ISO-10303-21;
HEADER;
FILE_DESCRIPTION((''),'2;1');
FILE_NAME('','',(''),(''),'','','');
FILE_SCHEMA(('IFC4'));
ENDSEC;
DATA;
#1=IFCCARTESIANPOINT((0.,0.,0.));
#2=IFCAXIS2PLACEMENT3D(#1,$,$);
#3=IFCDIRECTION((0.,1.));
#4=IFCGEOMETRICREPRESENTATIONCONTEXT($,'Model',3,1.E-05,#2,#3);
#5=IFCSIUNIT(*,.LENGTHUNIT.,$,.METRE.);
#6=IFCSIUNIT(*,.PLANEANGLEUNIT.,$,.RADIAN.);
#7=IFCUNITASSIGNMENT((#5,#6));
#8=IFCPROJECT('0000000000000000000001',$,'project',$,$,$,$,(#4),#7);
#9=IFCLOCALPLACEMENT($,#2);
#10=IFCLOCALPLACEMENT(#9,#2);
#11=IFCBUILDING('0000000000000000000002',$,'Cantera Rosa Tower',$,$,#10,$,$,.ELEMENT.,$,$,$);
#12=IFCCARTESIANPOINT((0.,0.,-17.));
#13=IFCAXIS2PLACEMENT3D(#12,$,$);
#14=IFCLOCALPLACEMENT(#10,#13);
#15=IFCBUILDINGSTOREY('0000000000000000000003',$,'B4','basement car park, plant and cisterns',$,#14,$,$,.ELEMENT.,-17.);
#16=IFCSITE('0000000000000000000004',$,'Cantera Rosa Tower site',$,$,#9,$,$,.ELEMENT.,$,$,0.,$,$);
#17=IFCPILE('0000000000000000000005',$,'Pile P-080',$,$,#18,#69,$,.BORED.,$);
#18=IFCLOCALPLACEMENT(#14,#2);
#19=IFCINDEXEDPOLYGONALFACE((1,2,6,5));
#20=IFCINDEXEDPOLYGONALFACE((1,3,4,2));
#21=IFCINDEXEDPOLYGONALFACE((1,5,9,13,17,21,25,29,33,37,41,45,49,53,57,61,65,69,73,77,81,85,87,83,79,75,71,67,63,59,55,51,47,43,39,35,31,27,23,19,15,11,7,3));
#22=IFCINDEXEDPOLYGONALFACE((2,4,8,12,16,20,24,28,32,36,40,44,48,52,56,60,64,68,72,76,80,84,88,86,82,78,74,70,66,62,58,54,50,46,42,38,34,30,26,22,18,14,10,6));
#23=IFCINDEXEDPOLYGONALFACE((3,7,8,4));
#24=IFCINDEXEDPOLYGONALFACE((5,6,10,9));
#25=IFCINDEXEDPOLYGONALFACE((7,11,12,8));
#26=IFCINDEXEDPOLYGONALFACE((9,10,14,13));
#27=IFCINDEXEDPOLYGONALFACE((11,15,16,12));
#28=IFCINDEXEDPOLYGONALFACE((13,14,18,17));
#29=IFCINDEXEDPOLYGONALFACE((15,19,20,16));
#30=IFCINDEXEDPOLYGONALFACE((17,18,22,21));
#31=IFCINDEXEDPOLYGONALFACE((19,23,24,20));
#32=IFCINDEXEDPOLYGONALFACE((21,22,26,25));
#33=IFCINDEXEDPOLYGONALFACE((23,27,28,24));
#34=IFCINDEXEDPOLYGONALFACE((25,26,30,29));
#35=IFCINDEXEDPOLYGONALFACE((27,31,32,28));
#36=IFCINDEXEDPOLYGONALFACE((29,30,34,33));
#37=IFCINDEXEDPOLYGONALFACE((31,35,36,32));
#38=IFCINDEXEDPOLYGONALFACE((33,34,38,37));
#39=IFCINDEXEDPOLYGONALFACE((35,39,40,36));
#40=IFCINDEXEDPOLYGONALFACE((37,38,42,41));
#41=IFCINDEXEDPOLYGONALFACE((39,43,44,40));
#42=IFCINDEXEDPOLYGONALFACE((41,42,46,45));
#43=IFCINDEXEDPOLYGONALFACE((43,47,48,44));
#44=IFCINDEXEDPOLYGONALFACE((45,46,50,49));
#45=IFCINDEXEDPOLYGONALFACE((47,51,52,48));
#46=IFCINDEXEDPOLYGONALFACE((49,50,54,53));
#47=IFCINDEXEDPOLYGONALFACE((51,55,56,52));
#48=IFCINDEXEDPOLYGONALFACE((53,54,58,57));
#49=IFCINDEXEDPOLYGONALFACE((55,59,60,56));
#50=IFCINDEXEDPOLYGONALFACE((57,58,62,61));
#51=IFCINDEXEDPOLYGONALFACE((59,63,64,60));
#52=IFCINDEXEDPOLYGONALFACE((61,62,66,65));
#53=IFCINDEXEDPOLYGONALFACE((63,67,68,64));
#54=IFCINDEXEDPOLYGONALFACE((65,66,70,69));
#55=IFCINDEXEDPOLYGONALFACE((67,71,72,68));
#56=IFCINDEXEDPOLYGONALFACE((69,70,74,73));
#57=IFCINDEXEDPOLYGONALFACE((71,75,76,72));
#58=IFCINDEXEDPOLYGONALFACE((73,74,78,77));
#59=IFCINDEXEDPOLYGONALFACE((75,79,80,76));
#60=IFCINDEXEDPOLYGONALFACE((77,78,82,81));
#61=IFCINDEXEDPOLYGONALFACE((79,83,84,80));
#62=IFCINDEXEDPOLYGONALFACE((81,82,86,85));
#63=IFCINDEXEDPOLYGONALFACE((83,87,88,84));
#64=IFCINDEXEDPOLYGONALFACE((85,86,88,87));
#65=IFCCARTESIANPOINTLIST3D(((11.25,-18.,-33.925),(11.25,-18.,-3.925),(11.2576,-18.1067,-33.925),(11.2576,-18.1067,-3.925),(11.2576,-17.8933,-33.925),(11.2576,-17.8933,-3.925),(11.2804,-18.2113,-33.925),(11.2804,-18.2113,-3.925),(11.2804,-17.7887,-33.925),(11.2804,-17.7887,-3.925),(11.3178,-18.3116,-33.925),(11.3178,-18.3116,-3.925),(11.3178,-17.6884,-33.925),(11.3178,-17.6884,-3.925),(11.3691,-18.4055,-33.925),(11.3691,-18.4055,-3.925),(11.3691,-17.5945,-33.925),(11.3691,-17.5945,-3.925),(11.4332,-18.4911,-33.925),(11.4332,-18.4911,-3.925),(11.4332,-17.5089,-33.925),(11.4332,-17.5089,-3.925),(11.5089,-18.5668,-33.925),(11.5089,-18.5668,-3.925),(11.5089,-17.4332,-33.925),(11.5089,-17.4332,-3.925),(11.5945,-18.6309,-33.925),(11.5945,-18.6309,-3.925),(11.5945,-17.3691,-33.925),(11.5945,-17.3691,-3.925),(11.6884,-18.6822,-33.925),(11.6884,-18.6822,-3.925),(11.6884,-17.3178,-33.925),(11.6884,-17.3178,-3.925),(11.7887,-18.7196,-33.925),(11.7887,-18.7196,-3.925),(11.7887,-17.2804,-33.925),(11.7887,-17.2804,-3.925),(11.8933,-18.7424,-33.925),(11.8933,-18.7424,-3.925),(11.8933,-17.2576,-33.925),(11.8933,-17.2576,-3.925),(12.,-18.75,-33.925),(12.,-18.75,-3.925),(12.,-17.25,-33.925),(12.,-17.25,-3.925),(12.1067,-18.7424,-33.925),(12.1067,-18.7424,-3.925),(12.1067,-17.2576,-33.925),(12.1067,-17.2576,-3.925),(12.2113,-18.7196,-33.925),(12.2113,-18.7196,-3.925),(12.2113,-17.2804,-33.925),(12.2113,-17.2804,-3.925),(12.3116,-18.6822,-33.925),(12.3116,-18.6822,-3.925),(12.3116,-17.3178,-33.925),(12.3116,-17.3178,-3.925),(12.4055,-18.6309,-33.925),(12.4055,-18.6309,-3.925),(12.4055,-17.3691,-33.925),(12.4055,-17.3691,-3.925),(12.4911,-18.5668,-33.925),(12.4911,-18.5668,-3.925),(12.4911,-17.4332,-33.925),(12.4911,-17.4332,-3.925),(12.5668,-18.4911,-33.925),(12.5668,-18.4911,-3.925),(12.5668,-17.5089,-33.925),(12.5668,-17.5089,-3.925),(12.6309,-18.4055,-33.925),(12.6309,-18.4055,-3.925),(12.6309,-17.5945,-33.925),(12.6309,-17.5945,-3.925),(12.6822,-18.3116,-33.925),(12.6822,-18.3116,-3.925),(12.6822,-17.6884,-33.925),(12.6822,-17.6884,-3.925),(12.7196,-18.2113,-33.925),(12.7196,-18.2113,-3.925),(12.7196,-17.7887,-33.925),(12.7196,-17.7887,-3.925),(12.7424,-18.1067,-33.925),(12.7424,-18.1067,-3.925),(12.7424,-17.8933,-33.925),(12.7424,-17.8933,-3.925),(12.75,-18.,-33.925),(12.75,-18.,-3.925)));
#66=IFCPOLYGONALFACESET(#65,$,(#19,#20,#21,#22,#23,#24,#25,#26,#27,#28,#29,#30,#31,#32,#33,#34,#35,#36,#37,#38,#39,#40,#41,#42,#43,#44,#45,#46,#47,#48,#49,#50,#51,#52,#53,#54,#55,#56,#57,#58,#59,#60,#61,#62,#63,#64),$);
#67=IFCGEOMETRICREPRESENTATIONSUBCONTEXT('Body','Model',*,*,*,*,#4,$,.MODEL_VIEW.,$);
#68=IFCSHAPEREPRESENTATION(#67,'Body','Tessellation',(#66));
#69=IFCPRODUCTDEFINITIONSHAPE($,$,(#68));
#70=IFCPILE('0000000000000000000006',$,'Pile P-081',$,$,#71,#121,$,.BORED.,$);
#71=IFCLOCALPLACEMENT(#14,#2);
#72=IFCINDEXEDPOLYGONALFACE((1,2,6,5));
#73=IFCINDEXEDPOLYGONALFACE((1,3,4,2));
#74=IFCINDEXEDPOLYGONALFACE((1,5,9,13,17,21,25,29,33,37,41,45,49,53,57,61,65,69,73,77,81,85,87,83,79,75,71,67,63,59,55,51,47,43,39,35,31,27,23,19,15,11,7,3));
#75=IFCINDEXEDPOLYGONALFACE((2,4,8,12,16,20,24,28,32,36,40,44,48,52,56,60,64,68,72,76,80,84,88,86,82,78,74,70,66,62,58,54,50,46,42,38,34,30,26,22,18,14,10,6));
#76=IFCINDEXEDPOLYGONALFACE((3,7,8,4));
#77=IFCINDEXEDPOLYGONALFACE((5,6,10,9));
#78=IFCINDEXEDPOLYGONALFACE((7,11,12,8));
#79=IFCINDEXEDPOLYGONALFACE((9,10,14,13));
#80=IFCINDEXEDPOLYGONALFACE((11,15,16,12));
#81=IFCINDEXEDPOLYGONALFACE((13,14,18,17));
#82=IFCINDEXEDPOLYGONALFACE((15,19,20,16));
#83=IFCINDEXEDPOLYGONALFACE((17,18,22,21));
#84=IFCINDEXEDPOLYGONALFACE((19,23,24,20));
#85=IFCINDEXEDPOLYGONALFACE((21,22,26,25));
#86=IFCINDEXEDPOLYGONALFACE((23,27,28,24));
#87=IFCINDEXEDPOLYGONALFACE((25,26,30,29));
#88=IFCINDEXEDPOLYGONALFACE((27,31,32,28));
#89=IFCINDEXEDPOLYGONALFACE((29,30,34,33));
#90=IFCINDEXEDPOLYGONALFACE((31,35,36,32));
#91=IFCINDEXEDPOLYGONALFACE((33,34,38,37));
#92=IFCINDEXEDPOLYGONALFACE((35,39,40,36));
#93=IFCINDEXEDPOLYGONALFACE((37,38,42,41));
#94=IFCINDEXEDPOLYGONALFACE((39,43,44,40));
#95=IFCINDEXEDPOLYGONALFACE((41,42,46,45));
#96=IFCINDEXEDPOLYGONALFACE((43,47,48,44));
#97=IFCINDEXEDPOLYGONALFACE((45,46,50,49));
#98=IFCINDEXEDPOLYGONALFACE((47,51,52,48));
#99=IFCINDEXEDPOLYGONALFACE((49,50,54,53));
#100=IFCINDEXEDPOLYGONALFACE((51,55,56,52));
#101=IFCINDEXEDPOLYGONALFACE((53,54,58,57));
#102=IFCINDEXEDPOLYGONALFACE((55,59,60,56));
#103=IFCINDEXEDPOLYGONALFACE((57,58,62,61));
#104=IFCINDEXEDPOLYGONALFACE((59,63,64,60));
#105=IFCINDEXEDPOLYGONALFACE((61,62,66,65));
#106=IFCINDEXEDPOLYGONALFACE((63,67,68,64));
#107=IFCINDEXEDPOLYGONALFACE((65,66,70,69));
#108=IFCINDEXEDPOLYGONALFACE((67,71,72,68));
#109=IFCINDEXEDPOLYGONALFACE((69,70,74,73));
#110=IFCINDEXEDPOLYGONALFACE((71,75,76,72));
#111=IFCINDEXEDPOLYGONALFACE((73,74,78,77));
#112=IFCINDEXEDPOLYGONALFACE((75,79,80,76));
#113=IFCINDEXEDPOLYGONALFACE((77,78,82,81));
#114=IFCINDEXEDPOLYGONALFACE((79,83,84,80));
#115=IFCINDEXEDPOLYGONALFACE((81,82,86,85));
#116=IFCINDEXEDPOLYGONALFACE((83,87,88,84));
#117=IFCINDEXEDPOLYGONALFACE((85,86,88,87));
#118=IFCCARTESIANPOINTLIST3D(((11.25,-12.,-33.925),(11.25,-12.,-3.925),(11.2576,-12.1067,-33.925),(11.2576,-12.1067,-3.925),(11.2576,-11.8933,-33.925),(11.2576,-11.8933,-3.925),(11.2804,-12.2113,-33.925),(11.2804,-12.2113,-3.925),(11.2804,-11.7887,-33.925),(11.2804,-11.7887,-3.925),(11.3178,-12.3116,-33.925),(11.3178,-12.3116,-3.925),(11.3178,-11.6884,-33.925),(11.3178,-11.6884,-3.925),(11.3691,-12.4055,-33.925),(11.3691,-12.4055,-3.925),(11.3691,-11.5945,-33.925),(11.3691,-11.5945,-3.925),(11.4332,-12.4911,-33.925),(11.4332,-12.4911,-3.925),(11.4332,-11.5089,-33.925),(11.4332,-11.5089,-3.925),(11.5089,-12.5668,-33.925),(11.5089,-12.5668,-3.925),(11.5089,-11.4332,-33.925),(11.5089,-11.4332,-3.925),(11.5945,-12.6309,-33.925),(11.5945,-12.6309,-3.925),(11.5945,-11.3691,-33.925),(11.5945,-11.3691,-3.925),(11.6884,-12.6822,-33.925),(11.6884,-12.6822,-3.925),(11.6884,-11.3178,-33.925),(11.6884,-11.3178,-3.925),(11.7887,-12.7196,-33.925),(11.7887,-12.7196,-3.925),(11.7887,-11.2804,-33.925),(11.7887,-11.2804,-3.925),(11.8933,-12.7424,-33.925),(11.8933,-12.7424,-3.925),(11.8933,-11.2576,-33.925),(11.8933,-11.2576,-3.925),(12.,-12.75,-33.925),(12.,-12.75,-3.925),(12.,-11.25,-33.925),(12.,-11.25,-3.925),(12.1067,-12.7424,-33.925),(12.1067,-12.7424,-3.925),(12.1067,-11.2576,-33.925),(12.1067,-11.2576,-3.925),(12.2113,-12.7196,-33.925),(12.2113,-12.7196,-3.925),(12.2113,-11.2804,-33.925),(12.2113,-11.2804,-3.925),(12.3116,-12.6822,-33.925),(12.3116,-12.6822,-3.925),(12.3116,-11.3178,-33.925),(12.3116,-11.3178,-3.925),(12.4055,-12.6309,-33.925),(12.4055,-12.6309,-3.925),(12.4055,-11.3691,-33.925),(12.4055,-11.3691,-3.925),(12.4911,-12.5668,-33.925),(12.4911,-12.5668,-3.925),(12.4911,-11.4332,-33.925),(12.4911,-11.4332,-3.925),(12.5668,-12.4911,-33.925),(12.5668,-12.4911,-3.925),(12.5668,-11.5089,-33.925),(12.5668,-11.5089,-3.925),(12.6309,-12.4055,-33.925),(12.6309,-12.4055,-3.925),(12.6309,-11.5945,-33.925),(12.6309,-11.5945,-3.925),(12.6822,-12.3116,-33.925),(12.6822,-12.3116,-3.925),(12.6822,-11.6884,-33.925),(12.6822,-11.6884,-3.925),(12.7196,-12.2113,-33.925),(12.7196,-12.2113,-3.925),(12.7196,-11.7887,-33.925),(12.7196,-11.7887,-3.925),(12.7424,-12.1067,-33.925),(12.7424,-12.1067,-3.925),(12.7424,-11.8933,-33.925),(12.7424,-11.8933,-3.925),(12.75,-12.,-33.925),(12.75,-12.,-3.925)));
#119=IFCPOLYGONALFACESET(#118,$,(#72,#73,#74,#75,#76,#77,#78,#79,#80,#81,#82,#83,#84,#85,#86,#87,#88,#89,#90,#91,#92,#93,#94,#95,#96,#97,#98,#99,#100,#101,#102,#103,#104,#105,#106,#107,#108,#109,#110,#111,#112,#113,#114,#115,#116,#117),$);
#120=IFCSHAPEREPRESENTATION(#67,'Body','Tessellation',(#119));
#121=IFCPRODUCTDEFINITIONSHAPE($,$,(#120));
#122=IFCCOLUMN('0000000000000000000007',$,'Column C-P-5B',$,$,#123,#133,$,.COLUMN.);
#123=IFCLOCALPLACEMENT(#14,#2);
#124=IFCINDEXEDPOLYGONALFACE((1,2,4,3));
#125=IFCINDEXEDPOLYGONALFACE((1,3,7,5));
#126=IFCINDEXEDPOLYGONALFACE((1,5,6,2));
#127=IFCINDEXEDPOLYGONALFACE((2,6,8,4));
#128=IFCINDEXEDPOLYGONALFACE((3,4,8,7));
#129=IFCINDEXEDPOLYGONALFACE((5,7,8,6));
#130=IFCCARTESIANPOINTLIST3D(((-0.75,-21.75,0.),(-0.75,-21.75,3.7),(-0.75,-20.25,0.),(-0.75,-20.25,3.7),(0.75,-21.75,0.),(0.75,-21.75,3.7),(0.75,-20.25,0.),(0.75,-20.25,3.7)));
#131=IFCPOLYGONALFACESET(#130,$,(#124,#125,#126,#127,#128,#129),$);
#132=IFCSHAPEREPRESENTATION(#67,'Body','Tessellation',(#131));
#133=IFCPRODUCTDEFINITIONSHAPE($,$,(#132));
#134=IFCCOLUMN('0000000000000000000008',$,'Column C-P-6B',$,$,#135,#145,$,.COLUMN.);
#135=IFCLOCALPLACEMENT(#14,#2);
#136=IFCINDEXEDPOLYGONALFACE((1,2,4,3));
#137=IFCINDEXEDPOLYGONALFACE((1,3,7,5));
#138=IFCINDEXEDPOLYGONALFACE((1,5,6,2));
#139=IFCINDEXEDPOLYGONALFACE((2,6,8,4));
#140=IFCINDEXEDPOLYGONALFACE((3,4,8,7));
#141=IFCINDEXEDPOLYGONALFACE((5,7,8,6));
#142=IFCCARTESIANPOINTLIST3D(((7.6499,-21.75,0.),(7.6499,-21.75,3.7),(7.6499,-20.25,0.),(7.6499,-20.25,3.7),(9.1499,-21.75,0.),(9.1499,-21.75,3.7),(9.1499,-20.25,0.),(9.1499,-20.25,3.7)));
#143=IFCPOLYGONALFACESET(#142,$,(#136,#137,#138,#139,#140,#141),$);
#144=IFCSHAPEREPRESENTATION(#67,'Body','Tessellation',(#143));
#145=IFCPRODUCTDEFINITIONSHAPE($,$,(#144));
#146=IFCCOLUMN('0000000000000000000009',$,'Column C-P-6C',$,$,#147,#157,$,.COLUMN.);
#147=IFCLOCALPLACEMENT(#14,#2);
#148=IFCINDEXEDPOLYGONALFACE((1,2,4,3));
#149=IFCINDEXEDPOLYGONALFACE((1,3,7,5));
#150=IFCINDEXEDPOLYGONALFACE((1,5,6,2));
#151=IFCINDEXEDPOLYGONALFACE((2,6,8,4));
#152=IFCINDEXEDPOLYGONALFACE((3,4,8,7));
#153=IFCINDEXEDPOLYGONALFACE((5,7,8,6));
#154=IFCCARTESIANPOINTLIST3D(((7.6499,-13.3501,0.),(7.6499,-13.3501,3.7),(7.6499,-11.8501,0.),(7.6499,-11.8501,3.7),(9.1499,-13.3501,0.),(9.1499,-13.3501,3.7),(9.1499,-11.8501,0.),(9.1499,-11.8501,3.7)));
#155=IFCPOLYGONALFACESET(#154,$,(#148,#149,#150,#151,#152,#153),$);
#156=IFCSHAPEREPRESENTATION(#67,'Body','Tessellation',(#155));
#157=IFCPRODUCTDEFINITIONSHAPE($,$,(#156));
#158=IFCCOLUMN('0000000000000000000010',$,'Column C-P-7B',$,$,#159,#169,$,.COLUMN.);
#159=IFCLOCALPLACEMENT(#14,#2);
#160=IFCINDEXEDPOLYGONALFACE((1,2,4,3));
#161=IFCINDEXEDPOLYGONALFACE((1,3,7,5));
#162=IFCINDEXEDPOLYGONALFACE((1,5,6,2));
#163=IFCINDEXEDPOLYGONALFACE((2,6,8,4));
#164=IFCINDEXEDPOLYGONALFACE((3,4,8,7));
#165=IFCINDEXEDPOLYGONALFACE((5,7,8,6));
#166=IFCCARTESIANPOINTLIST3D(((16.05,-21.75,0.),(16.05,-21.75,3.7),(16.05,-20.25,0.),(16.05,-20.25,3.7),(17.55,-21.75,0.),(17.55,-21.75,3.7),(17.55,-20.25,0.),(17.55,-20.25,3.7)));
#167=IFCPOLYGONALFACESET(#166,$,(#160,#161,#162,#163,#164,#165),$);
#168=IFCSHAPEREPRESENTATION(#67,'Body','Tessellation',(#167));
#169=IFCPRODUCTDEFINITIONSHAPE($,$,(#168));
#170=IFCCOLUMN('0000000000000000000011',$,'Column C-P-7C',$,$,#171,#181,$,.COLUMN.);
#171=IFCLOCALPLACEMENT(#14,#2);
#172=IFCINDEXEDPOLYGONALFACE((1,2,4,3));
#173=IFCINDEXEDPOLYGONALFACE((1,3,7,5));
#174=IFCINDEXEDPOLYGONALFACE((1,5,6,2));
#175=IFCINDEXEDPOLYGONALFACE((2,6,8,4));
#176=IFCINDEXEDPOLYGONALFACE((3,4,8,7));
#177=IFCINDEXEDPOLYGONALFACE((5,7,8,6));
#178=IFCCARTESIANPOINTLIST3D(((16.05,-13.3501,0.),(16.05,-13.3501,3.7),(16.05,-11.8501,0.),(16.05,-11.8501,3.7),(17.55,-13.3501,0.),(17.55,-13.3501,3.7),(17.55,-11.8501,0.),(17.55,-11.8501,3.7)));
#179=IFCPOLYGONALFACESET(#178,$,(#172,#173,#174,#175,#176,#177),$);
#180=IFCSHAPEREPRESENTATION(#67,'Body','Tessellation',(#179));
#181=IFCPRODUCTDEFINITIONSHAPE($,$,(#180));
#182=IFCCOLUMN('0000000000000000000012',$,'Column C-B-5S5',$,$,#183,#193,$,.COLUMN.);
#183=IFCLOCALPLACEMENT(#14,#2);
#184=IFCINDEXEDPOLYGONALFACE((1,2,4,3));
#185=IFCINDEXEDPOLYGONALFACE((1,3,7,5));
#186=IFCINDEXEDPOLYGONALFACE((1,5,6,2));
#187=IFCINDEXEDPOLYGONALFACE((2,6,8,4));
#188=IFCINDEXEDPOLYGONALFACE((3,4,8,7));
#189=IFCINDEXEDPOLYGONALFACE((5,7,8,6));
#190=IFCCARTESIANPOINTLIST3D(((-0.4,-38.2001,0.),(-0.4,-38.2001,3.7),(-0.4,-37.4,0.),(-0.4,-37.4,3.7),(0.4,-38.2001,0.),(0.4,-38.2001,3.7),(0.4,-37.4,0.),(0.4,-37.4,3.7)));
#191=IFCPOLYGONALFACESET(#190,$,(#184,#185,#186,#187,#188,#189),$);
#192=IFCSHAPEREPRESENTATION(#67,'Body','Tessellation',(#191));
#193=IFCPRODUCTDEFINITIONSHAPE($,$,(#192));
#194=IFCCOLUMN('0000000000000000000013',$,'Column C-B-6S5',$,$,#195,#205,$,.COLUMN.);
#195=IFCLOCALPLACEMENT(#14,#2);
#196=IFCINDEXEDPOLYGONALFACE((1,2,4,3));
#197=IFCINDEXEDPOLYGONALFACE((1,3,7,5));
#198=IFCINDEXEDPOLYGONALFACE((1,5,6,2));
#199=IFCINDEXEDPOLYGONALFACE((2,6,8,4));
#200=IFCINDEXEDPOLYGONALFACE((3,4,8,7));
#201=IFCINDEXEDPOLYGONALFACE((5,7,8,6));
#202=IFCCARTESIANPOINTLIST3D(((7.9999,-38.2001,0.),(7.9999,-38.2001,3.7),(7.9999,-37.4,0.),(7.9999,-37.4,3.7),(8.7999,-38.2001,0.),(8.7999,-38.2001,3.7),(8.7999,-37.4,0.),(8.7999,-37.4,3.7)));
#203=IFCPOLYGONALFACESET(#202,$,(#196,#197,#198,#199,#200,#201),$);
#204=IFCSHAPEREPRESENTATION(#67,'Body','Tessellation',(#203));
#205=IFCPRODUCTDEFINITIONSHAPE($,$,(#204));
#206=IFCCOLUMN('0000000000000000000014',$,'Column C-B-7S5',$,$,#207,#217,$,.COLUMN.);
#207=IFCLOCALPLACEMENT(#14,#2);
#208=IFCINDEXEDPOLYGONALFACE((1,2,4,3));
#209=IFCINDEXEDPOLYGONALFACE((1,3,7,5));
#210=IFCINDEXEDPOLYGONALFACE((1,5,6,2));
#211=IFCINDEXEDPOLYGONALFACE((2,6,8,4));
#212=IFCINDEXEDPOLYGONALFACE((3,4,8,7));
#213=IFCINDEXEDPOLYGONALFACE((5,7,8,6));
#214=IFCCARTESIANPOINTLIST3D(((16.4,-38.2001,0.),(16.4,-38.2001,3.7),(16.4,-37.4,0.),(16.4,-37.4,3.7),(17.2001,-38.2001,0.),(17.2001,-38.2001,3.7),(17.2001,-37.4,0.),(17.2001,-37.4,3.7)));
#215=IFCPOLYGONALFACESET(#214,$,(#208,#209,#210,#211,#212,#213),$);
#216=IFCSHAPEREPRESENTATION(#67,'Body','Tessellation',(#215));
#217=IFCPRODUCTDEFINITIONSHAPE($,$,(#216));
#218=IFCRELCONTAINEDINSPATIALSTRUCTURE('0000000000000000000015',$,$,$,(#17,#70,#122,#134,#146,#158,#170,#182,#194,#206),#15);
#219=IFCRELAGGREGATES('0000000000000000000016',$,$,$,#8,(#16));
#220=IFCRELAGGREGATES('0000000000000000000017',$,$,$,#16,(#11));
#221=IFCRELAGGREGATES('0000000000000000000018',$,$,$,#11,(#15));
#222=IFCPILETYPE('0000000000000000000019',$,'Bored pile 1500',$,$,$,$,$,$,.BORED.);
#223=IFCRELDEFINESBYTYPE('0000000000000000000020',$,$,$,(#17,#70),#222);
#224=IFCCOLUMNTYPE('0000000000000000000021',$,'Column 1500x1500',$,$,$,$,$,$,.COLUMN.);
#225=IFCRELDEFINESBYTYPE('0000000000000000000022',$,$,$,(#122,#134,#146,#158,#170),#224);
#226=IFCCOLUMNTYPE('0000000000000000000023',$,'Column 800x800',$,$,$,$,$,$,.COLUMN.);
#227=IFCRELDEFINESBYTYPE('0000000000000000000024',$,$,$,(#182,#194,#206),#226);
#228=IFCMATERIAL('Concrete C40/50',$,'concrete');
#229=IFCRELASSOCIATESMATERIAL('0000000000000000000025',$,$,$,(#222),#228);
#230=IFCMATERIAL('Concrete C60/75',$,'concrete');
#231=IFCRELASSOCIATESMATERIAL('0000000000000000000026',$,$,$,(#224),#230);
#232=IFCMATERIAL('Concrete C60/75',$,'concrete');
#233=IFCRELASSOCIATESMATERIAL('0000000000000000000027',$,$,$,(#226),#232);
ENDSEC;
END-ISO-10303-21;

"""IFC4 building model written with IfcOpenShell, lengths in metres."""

from ifc_helpers import new_model, si_unit, direction, frame, origin, origin_2d, place, context, subcontext, project, spatial, rectangle, circle, extrude, material, material_profile, profile_set, type_object, element, save


model = new_model("IFC4")

# Units and contexts
model_context = context("Model", 3, precision=1e-05, world=origin(), true_north=direction((0.0, 1.0)))
body_context = subcontext(model_context, "Body", "Model", "MODEL_VIEW")
ifc_project = project(units=[si_unit("LENGTHUNIT", "METRE"), si_unit("PLANEANGLEUNIT", "RADIAN")], contexts=[model_context])

# Site, building, storey
site_placement = place(None, origin())
site = spatial("IfcSite", under=ifc_project, at=site_placement, Name="Cantera Rosa Tower site", CompositionType="ELEMENT", RefElevation=0.0)
building_placement = place(site_placement, origin())
building = spatial("IfcBuilding", under=site, at=building_placement, Name="Cantera Rosa Tower", CompositionType="ELEMENT")
storey_placement = place(building_placement, frame((0.0, 0.0, -17.0)))
storey = spatial("IfcBuildingStorey", under=building, at=storey_placement, Name="B4", Description="basement car park, plant and cisterns", CompositionType="ELEMENT", Elevation=-17.0)

# Piles
ifc_material_1 = material(Name="Concrete C40/50", Category="concrete")
ifc_material_profile_1 = material_profile(ifc_material_1, circle(Radius=0.75, at=origin_2d()), Name="Bored pile 1500")
ifc_profile_set_1 = profile_set([ifc_material_profile_1], Name="Concrete C40/50")
pile_type = type_object("IfcPileType", Name="Bored pile 1500", PredefinedType="BORED", material=ifc_profile_set_1)
for number, where, z_axis, x_axis, name in (
    (1, (12.0, -18.0, -3.925), (0.0, 0.0, -1.0), (1.0, 0.0, 0.0), "Pile P-080"),
    (2, (12.0, -12.0, -3.925), (0.0, 0.0, -1.0), (1.0, 0.0, 0.0), "Pile P-081"),
):
    element("IfcPile", number, at=place(storey_placement, frame(where, z_axis=z_axis, x_axis=x_axis)), inside=storey, type_object=pile_type, Name=name, PredefinedType="BORED", context=body_context, shape_type="SweptSolid", body=[
        extrude(circle(Radius=0.75, at=origin_2d()), origin(), (0.0, 0.0, 1.0), 30.0),
    ])

# Columns
ifc_material_2 = material(Name="Concrete C60/75", Category="concrete")
ifc_material_profile_2 = material_profile(ifc_material_2, rectangle(XDim=1.5, YDim=1.5, at=origin_2d()), Name="Column 1500x1500")
ifc_profile_set_2 = profile_set([ifc_material_profile_2], Name="Concrete C60/75")
column_type_1 = type_object("IfcColumnType", Name="Column 1500x1500", PredefinedType="COLUMN", material=ifc_profile_set_2)
for number, where, z_axis, x_axis, name in (
    (3, (0.0, -21.0, 0.0), (0.0, 0.0, 1.0), (1.0, 0.0, 0.0), "Column C-P-5B"),
    (4, (8.3999, -21.0, 0.0), (0.0, 0.0, 1.0), (1.0, 0.0, 0.0), "Column C-P-6B"),
    (5, (8.3999, -12.6001, 0.0), (0.0, 0.0, 1.0), (1.0, 0.0, 0.0), "Column C-P-6C"),
    (6, (16.8, -21.0, 0.0), (0.0, 0.0, 1.0), (1.0, 0.0, 0.0), "Column C-P-7B"),
    (7, (16.8, -12.6001, 0.0), (0.0, 0.0, 1.0), (1.0, 0.0, 0.0), "Column C-P-7C"),
):
    element("IfcColumn", number, at=place(storey_placement, frame(where, z_axis=z_axis, x_axis=x_axis)), inside=storey, type_object=column_type_1, Name=name, PredefinedType="COLUMN", context=body_context, shape_type="SweptSolid", body=[
        extrude(rectangle(XDim=1.5, YDim=1.5, at=origin_2d()), origin(), (0.0, 0.0, 1.0), 3.7),
    ])
ifc_material_3 = material(Name="Concrete C60/75", Category="concrete")
ifc_material_profile_3 = material_profile(ifc_material_3, rectangle(XDim=0.8, YDim=0.8, at=origin_2d()), Name="Column 800x800")
ifc_profile_set_3 = profile_set([ifc_material_profile_3], Name="Concrete C60/75")
column_type_2 = type_object("IfcColumnType", Name="Column 800x800", PredefinedType="COLUMN", material=ifc_profile_set_3)
for number, where, z_axis, x_axis, name in (
    (8, (0.0, -37.8, 0.0), (0.0, 0.0, 1.0), (1.0, 0.0, 0.0), "Column C-B-5S5"),
    (9, (8.3999, -37.8, 0.0), (0.0, 0.0, 1.0), (1.0, 0.0, 0.0), "Column C-B-6S5"),
    (10, (16.8, -37.8, 0.0), (0.0, 0.0, 1.0), (1.0, 0.0, 0.0), "Column C-B-7S5"),
):
    element("IfcColumn", number, at=place(storey_placement, frame(where, z_axis=z_axis, x_axis=x_axis)), inside=storey, type_object=column_type_2, Name=name, PredefinedType="COLUMN", context=body_context, shape_type="SweptSolid", body=[
        extrude(rectangle(XDim=0.8, YDim=0.8, at=origin_2d()), origin(), (0.0, 0.0, 1.0), 3.7),
    ])

save(model, "model.ifc")
